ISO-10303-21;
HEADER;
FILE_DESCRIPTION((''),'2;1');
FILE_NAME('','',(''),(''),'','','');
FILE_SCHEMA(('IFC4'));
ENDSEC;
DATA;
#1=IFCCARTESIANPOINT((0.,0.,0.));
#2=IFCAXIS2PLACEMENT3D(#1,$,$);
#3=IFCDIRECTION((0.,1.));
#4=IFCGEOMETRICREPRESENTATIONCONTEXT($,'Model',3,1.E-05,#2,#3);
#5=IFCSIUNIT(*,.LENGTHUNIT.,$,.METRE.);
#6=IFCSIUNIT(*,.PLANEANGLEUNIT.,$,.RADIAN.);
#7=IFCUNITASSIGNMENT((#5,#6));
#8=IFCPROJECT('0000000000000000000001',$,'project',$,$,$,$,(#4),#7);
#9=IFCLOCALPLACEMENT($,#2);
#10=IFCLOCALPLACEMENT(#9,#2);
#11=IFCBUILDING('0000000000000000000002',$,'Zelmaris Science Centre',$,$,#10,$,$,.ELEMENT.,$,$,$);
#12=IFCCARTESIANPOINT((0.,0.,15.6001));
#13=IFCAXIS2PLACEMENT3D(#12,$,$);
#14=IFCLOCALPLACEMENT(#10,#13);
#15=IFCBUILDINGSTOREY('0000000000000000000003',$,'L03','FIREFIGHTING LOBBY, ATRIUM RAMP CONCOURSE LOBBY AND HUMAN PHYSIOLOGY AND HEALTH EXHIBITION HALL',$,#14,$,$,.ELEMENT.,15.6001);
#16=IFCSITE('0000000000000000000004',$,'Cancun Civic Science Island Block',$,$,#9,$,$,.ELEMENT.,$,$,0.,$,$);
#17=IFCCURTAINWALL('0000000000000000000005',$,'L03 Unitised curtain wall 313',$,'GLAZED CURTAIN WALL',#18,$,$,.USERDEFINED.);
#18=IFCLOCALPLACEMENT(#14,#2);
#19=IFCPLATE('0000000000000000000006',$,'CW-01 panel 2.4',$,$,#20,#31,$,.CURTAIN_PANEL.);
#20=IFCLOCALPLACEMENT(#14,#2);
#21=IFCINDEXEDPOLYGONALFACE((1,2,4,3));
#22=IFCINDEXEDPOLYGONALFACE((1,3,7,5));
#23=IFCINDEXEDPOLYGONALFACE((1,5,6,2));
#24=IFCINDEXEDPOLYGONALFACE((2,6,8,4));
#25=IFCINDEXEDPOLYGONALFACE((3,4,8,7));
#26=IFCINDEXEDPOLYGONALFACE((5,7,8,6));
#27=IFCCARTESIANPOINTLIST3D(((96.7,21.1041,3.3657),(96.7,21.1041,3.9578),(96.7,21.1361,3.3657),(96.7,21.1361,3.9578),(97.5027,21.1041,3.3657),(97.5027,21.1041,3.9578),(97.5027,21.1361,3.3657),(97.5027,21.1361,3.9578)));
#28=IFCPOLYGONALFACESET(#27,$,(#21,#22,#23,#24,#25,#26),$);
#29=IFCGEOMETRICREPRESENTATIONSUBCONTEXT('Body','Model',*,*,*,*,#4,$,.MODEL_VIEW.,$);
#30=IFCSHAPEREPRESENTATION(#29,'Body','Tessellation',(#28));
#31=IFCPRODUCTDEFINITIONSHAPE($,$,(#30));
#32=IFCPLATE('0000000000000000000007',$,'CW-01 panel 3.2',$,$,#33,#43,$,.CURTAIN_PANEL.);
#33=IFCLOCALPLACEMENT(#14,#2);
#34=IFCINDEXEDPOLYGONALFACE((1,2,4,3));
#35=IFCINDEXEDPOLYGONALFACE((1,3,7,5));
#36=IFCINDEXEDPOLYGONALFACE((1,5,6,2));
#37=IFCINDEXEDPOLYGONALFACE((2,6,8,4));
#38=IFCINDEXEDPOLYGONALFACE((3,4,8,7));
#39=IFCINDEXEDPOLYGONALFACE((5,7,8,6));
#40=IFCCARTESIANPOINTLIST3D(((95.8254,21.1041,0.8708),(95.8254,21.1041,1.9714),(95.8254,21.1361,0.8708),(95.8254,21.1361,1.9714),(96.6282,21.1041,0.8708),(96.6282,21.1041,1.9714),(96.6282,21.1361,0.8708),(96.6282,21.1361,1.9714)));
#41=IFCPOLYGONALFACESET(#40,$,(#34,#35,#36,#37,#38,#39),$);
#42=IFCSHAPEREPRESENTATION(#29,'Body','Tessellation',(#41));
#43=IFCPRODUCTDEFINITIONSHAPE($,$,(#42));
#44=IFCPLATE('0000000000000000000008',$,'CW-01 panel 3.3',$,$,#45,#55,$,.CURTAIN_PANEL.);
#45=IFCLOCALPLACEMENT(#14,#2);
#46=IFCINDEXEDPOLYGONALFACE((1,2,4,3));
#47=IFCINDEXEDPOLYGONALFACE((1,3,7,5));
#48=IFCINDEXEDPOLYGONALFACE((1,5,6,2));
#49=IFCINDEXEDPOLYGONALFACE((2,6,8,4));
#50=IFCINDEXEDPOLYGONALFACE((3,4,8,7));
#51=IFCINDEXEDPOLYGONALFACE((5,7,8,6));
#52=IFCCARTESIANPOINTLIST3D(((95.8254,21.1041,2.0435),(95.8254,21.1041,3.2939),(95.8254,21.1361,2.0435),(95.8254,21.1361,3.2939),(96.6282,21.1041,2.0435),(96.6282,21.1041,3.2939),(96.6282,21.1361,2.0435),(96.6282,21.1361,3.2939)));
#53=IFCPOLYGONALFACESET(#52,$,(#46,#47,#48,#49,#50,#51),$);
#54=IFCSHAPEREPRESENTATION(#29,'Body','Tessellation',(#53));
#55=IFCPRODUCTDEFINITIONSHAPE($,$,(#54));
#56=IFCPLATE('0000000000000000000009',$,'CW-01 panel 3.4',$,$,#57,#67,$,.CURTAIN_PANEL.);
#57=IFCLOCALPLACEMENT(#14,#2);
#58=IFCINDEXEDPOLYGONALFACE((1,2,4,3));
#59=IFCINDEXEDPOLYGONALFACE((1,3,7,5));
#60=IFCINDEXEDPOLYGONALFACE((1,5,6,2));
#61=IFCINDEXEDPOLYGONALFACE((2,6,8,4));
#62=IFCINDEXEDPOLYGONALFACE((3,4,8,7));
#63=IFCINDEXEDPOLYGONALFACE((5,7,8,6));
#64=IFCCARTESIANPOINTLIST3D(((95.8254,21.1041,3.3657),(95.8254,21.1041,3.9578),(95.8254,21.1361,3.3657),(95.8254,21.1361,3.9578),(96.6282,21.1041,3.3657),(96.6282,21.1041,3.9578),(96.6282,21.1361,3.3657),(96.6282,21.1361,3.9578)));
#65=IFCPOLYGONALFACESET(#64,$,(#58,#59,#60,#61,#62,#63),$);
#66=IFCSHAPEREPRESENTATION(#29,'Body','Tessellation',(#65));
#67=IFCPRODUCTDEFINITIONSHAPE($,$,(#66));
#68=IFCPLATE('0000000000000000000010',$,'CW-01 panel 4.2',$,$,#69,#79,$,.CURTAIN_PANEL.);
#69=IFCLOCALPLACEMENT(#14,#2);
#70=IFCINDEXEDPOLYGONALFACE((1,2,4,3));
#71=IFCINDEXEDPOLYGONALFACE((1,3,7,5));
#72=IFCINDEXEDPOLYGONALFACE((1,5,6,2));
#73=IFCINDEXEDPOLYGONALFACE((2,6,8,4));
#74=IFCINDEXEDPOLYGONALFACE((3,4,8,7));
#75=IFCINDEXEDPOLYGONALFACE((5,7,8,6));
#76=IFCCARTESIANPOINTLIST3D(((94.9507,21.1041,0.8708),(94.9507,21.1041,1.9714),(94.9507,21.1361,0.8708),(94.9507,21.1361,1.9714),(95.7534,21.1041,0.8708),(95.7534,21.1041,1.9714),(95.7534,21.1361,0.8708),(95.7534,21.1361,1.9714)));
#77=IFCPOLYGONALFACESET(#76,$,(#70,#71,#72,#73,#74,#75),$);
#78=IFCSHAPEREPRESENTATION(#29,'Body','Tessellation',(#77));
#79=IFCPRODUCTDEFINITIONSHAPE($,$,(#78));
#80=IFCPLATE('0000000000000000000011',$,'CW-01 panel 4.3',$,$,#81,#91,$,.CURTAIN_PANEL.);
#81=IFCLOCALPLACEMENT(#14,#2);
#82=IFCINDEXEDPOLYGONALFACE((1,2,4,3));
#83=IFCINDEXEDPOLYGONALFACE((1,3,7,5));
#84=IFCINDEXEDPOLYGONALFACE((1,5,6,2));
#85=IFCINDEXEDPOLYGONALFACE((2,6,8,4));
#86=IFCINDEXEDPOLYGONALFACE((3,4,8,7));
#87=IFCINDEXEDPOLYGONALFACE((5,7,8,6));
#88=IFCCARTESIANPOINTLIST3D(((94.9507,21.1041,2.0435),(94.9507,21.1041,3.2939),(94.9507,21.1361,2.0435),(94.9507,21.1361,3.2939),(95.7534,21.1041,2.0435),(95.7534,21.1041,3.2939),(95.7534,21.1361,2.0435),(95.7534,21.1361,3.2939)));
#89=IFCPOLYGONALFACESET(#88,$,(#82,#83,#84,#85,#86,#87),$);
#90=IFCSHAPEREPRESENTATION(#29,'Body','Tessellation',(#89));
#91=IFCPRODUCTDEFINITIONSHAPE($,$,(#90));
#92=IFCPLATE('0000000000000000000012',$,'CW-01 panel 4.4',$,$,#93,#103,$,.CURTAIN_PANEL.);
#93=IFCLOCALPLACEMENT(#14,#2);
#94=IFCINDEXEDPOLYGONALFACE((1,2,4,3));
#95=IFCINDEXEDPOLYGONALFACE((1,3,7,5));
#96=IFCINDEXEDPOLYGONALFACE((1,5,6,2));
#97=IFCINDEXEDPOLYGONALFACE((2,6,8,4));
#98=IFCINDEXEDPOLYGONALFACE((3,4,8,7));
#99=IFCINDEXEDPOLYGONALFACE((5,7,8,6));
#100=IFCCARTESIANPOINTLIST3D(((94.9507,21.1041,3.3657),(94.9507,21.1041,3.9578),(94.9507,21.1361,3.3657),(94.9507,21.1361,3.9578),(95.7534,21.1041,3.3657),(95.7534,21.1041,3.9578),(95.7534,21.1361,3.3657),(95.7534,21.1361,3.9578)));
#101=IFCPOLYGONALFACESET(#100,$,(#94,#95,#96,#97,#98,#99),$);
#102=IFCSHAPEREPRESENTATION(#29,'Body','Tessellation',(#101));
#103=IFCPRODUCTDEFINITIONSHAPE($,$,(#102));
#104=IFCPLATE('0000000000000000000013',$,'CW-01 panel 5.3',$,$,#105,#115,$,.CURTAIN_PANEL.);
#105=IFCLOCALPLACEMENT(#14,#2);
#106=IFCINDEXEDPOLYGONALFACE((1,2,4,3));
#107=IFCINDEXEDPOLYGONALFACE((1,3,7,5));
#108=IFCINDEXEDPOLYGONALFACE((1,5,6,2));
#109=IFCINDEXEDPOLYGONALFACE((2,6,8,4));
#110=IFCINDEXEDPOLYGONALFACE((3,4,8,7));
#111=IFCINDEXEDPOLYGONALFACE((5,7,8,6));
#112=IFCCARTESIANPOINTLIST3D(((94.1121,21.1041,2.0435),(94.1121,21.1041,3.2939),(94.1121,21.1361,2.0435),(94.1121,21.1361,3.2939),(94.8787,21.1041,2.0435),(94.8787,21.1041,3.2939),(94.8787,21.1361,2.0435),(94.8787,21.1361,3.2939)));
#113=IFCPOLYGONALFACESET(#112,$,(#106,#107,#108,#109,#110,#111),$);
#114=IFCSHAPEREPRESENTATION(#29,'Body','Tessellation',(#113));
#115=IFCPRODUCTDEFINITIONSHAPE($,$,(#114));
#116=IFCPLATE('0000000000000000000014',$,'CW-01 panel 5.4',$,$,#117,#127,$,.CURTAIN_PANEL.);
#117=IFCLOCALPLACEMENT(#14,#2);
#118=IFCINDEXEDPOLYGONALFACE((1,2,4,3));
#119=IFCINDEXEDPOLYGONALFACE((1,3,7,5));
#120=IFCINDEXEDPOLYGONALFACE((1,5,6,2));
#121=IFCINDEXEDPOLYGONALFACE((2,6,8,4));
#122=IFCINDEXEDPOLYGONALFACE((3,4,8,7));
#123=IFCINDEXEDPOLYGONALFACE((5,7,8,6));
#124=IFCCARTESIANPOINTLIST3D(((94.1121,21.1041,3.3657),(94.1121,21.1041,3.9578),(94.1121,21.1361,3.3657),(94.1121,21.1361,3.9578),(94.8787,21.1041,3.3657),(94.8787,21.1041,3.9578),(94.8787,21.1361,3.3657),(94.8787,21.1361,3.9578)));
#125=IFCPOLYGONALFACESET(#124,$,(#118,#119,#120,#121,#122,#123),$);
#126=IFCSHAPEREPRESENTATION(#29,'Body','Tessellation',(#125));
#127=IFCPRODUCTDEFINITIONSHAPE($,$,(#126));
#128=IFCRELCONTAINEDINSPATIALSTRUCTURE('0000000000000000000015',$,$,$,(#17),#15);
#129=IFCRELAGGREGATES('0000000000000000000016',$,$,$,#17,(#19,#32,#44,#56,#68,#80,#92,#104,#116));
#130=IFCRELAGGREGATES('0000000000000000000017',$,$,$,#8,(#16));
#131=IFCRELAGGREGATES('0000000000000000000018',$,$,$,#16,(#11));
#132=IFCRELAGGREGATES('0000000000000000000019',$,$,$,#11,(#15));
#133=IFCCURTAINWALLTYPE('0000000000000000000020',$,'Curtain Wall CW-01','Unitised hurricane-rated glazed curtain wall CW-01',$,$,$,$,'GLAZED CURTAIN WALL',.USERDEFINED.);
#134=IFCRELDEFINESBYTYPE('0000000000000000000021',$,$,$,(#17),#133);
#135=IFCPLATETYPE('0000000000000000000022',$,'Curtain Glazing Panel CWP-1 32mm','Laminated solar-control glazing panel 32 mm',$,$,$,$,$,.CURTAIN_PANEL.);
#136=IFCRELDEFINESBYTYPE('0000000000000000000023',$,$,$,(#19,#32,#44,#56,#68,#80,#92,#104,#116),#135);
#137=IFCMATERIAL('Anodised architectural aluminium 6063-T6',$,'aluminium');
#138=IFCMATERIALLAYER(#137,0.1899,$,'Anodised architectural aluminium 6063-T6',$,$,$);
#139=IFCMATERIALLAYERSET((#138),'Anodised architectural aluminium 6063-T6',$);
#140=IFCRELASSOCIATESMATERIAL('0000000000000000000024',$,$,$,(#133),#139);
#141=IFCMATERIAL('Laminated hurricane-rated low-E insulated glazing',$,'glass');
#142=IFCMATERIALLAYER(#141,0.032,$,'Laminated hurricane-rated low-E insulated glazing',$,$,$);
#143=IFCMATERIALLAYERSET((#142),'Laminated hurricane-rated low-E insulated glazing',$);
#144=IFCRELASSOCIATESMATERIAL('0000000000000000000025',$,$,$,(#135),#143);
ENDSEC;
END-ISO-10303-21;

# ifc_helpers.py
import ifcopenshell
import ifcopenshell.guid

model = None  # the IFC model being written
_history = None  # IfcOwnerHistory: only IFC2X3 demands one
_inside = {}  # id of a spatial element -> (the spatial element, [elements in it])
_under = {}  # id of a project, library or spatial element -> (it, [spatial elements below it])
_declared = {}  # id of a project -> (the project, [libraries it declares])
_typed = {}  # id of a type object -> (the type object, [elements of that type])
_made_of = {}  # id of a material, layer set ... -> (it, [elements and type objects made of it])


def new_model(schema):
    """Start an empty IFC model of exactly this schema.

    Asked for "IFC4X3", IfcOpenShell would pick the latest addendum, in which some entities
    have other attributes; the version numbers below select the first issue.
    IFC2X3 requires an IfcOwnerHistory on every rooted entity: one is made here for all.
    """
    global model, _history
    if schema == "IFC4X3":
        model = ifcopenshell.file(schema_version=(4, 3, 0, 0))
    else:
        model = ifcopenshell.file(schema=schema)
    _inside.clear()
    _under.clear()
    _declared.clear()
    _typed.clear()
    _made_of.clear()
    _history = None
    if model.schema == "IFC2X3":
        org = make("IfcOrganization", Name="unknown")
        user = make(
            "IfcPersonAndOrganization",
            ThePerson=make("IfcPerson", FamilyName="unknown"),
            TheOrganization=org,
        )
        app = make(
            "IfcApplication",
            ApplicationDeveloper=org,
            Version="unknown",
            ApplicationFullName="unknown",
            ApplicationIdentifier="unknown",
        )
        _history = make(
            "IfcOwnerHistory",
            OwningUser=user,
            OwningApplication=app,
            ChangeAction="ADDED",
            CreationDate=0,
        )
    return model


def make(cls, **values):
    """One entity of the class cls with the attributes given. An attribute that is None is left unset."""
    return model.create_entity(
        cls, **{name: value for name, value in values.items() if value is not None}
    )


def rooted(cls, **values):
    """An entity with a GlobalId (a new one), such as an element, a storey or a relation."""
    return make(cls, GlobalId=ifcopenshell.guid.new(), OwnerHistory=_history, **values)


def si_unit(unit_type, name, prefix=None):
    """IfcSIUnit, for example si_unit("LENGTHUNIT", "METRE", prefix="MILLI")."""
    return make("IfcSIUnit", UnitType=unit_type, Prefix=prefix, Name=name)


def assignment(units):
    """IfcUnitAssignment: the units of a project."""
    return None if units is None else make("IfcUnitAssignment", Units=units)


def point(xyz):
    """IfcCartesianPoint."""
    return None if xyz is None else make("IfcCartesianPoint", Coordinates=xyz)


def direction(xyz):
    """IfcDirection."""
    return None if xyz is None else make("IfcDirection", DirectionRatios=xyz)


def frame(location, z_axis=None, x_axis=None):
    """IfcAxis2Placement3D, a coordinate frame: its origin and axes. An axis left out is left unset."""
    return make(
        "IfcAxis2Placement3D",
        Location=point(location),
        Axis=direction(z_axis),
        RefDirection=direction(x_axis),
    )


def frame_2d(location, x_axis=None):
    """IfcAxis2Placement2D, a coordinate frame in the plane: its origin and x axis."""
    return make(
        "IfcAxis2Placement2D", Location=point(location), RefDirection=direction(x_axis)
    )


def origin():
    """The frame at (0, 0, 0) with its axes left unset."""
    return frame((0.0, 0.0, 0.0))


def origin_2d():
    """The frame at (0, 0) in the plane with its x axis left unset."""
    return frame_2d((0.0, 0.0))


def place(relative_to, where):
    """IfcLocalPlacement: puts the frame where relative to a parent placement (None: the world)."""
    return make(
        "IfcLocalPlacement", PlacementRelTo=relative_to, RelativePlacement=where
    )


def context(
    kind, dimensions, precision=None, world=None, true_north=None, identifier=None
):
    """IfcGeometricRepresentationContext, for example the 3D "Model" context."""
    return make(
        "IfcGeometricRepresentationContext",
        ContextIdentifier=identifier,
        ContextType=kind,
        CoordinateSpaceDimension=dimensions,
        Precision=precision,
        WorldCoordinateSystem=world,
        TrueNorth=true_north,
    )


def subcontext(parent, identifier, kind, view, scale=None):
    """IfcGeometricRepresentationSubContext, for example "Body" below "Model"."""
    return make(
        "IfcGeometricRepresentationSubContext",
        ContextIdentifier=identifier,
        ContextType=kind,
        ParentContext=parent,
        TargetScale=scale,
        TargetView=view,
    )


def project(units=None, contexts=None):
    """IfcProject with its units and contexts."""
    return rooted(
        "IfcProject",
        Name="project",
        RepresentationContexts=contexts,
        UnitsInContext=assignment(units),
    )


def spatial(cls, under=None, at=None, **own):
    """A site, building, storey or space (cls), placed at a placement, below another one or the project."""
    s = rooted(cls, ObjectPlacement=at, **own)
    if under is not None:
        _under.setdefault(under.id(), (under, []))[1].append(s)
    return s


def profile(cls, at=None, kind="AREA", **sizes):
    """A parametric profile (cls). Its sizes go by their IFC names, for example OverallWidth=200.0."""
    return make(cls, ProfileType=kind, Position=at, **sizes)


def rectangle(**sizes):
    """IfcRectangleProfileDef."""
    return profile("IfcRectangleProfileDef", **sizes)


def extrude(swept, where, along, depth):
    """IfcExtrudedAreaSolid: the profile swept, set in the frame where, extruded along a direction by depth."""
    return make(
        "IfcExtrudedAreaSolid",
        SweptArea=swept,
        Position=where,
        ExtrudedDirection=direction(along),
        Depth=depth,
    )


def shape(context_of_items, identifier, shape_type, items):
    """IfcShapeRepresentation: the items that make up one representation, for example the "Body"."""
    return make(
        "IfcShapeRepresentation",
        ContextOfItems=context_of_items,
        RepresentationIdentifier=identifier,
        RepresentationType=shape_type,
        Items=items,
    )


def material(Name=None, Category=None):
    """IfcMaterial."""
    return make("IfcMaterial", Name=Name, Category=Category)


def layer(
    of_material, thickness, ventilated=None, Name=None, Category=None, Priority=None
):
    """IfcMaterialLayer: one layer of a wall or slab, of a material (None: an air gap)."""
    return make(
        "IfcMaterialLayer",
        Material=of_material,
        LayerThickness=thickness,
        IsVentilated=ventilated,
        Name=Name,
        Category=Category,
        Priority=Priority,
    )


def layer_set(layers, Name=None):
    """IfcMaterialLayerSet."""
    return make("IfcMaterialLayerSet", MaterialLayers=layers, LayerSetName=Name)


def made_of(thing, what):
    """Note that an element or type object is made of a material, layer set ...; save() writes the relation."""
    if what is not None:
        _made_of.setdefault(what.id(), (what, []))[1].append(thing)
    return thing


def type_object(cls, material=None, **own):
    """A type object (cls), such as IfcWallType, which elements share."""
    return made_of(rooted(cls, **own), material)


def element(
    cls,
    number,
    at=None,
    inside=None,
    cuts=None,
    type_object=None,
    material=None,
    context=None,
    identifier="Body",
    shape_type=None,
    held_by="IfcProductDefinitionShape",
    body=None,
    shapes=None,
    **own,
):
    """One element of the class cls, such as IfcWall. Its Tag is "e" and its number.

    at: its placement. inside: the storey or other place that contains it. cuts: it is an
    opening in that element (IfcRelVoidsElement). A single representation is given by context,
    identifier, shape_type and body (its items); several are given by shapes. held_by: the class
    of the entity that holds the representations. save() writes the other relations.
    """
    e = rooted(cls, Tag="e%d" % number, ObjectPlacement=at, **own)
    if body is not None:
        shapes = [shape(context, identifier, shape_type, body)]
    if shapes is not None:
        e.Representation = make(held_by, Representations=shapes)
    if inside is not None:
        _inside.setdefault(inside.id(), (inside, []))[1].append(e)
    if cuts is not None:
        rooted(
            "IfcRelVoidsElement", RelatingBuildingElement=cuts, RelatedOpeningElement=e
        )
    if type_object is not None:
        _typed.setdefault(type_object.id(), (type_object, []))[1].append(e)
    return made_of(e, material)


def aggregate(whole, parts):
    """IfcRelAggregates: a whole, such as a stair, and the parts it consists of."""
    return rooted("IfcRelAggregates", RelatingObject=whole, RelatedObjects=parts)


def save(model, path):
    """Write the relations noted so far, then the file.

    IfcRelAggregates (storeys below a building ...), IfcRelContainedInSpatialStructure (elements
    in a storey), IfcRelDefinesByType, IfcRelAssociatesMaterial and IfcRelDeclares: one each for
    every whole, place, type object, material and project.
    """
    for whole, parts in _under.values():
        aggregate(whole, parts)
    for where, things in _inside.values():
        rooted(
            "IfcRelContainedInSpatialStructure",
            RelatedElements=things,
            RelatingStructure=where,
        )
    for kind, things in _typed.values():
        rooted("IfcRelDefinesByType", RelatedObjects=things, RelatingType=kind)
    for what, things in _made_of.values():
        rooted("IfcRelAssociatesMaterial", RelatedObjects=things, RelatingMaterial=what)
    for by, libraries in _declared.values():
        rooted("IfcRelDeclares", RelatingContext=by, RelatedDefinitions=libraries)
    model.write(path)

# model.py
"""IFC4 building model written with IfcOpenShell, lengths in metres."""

from ifc_helpers import new_model, si_unit, direction, frame, origin, origin_2d, place, context, subcontext, project, spatial, rectangle, extrude, material, layer, layer_set, type_object, element, aggregate, save


model = new_model("IFC4")

# Units and contexts
model_context = context("Model", 3, precision=1e-05, world=origin(), true_north=direction((0.0, 1.0)))
body_context = subcontext(model_context, "Body", "Model", "MODEL_VIEW")
ifc_project = project(units=[si_unit("LENGTHUNIT", "METRE"), si_unit("PLANEANGLEUNIT", "RADIAN")], contexts=[model_context])

# Site, building, storey
site_placement = place(None, origin())
site = spatial("IfcSite", under=ifc_project, at=site_placement, Name="Cancun Civic Science Island Block", CompositionType="ELEMENT", RefElevation=0.0)
building_placement = place(site_placement, origin())
building = spatial("IfcBuilding", under=site, at=building_placement, Name="Zelmaris Science Centre", CompositionType="ELEMENT")
storey_placement = place(building_placement, frame((0.0, 0.0, 15.6001)))
storey = spatial("IfcBuildingStorey", under=building, at=storey_placement, Name="L03", Description="FIREFIGHTING LOBBY, ATRIUM RAMP CONCOURSE LOBBY AND HUMAN PHYSIOLOGY AND HEALTH EXHIBITION HALL", CompositionType="ELEMENT", Elevation=15.6001)

# Curtain wall, plates
ifc_material_1 = material(Name="Anodised architectural aluminium 6063-T6", Category="aluminium")
ifc_layer_1 = layer(ifc_material_1, 0.1899, Name="Anodised architectural aluminium 6063-T6")
ifc_layer_set_1 = layer_set([ifc_layer_1], Name="Anodised architectural aluminium 6063-T6")
curtain_wall_type = type_object("IfcCurtainWallType", Name="Curtain Wall CW-01", Description="Unitised hurricane-rated glazed curtain wall CW-01", ElementType="GLAZED CURTAIN WALL", PredefinedType="USERDEFINED", material=ifc_layer_set_1)
curtain_wall_placement = place(storey_placement, origin())
curtain_wall = element("IfcCurtainWall", 1, at=curtain_wall_placement, inside=storey, type_object=curtain_wall_type, Name="L03 Unitised curtain wall 313", ObjectType="GLAZED CURTAIN WALL", PredefinedType="USERDEFINED")
ifc_material_2 = material(Name="Laminated hurricane-rated low-E insulated glazing", Category="glass")
ifc_layer_2 = layer(ifc_material_2, 0.032, Name="Laminated hurricane-rated low-E insulated glazing")
ifc_layer_set_2 = layer_set([ifc_layer_2], Name="Laminated hurricane-rated low-E insulated glazing")
plate_type = type_object("IfcPlateType", Name="Curtain Glazing Panel CWP-1 32mm", Description="Laminated solar-control glazing panel 32 mm", PredefinedType="CURTAIN_PANEL", material=ifc_layer_set_2)
plate_1_placement = place(storey_placement, frame((97.1013, 21.1201, 3.3657), z_axis=(0.0, 0.0, 1.0), x_axis=(-1.0, 0.000023, 0.0)))
plate_1 = element("IfcPlate", 2, at=plate_1_placement, type_object=plate_type, Name="CW-01 panel 2.4", PredefinedType="CURTAIN_PANEL", context=body_context, shape_type="SweptSolid", body=[
    extrude(rectangle(XDim=0.8027, YDim=0.032, at=origin_2d()), origin(), (0.0, 0.0, 1.0), 0.592),
])
plate_2_placement = place(storey_placement, frame((96.2268, 21.1201, 0.8708), z_axis=(0.0, 0.0, 1.0), x_axis=(-1.0, 0.000023, 0.0)))
plate_2 = element("IfcPlate", 3, at=plate_2_placement, type_object=plate_type, Name="CW-01 panel 3.2", PredefinedType="CURTAIN_PANEL", context=body_context, shape_type="SweptSolid", body=[
    extrude(rectangle(XDim=0.8027, YDim=0.032, at=origin_2d()), origin(), (0.0, 0.0, 1.0), 1.1006),
])
plate_3_placement = place(storey_placement, frame((96.2268, 21.1201, 2.0435), z_axis=(0.0, 0.0, 1.0), x_axis=(-1.0, 0.000023, 0.0)))
plate_3 = element("IfcPlate", 4, at=plate_3_placement, type_object=plate_type, Name="CW-01 panel 3.3", PredefinedType="CURTAIN_PANEL", context=body_context, shape_type="SweptSolid", body=[
    extrude(rectangle(XDim=0.8027, YDim=0.032, at=origin_2d()), origin(), (0.0, 0.0, 1.0), 1.2505),
])
plate_4_placement = place(storey_placement, frame((96.2268, 21.1201, 3.3657), z_axis=(0.0, 0.0, 1.0), x_axis=(-1.0, 0.000023, 0.0)))
plate_4 = element("IfcPlate", 5, at=plate_4_placement, type_object=plate_type, Name="CW-01 panel 3.4", PredefinedType="CURTAIN_PANEL", context=body_context, shape_type="SweptSolid", body=[
    extrude(rectangle(XDim=0.8027, YDim=0.032, at=origin_2d()), origin(), (0.0, 0.0, 1.0), 0.592),
])
plate_5_placement = place(storey_placement, frame((95.3521, 21.1201, 0.8708), z_axis=(0.0, 0.0, 1.0), x_axis=(-1.0, 0.000023, 0.0)))
plate_5 = element("IfcPlate", 6, at=plate_5_placement, type_object=plate_type, Name="CW-01 panel 4.2", PredefinedType="CURTAIN_PANEL", context=body_context, shape_type="SweptSolid", body=[
    extrude(rectangle(XDim=0.8027, YDim=0.032, at=origin_2d()), origin(), (0.0, 0.0, 1.0), 1.1006),
])
plate_6_placement = place(storey_placement, frame((95.3521, 21.1201, 2.0435), z_axis=(0.0, 0.0, 1.0), x_axis=(-1.0, 0.000023, 0.0)))
plate_6 = element("IfcPlate", 7, at=plate_6_placement, type_object=plate_type, Name="CW-01 panel 4.3", PredefinedType="CURTAIN_PANEL", context=body_context, shape_type="SweptSolid", body=[
    extrude(rectangle(XDim=0.8027, YDim=0.032, at=origin_2d()), origin(), (0.0, 0.0, 1.0), 1.2505),
])
plate_7_placement = place(storey_placement, frame((95.3521, 21.1201, 3.3657), z_axis=(0.0, 0.0, 1.0), x_axis=(-1.0, 0.000023, 0.0)))
plate_7 = element("IfcPlate", 8, at=plate_7_placement, type_object=plate_type, Name="CW-01 panel 4.4", PredefinedType="CURTAIN_PANEL", context=body_context, shape_type="SweptSolid", body=[
    extrude(rectangle(XDim=0.8027, YDim=0.032, at=origin_2d()), origin(), (0.0, 0.0, 1.0), 0.592),
])
plate_8_placement = place(storey_placement, frame((94.4954, 21.1201, 2.0435), z_axis=(0.0, 0.0, 1.0), x_axis=(-1.0, 0.000023, 0.0)))
plate_8 = element("IfcPlate", 9, at=plate_8_placement, type_object=plate_type, Name="CW-01 panel 5.3", PredefinedType="CURTAIN_PANEL", context=body_context, shape_type="SweptSolid", body=[
    extrude(rectangle(XDim=0.7666, YDim=0.032, at=origin_2d()), origin(), (0.0, 0.0, 1.0), 1.2505),
])
plate_9_placement = place(storey_placement, frame((94.4954, 21.1201, 3.3657), z_axis=(0.0, 0.0, 1.0), x_axis=(-1.0, 0.000023, 0.0)))
plate_9 = element("IfcPlate", 10, at=plate_9_placement, type_object=plate_type, Name="CW-01 panel 5.4", PredefinedType="CURTAIN_PANEL", context=body_context, shape_type="SweptSolid", body=[
    extrude(rectangle(XDim=0.7666, YDim=0.032, at=origin_2d()), origin(), (0.0, 0.0, 1.0), 0.592),
])
aggregate(curtain_wall, [plate_1, plate_2, plate_3, plate_4, plate_5, plate_6, plate_7, plate_8, plate_9])

save(model, "model.ifc")
